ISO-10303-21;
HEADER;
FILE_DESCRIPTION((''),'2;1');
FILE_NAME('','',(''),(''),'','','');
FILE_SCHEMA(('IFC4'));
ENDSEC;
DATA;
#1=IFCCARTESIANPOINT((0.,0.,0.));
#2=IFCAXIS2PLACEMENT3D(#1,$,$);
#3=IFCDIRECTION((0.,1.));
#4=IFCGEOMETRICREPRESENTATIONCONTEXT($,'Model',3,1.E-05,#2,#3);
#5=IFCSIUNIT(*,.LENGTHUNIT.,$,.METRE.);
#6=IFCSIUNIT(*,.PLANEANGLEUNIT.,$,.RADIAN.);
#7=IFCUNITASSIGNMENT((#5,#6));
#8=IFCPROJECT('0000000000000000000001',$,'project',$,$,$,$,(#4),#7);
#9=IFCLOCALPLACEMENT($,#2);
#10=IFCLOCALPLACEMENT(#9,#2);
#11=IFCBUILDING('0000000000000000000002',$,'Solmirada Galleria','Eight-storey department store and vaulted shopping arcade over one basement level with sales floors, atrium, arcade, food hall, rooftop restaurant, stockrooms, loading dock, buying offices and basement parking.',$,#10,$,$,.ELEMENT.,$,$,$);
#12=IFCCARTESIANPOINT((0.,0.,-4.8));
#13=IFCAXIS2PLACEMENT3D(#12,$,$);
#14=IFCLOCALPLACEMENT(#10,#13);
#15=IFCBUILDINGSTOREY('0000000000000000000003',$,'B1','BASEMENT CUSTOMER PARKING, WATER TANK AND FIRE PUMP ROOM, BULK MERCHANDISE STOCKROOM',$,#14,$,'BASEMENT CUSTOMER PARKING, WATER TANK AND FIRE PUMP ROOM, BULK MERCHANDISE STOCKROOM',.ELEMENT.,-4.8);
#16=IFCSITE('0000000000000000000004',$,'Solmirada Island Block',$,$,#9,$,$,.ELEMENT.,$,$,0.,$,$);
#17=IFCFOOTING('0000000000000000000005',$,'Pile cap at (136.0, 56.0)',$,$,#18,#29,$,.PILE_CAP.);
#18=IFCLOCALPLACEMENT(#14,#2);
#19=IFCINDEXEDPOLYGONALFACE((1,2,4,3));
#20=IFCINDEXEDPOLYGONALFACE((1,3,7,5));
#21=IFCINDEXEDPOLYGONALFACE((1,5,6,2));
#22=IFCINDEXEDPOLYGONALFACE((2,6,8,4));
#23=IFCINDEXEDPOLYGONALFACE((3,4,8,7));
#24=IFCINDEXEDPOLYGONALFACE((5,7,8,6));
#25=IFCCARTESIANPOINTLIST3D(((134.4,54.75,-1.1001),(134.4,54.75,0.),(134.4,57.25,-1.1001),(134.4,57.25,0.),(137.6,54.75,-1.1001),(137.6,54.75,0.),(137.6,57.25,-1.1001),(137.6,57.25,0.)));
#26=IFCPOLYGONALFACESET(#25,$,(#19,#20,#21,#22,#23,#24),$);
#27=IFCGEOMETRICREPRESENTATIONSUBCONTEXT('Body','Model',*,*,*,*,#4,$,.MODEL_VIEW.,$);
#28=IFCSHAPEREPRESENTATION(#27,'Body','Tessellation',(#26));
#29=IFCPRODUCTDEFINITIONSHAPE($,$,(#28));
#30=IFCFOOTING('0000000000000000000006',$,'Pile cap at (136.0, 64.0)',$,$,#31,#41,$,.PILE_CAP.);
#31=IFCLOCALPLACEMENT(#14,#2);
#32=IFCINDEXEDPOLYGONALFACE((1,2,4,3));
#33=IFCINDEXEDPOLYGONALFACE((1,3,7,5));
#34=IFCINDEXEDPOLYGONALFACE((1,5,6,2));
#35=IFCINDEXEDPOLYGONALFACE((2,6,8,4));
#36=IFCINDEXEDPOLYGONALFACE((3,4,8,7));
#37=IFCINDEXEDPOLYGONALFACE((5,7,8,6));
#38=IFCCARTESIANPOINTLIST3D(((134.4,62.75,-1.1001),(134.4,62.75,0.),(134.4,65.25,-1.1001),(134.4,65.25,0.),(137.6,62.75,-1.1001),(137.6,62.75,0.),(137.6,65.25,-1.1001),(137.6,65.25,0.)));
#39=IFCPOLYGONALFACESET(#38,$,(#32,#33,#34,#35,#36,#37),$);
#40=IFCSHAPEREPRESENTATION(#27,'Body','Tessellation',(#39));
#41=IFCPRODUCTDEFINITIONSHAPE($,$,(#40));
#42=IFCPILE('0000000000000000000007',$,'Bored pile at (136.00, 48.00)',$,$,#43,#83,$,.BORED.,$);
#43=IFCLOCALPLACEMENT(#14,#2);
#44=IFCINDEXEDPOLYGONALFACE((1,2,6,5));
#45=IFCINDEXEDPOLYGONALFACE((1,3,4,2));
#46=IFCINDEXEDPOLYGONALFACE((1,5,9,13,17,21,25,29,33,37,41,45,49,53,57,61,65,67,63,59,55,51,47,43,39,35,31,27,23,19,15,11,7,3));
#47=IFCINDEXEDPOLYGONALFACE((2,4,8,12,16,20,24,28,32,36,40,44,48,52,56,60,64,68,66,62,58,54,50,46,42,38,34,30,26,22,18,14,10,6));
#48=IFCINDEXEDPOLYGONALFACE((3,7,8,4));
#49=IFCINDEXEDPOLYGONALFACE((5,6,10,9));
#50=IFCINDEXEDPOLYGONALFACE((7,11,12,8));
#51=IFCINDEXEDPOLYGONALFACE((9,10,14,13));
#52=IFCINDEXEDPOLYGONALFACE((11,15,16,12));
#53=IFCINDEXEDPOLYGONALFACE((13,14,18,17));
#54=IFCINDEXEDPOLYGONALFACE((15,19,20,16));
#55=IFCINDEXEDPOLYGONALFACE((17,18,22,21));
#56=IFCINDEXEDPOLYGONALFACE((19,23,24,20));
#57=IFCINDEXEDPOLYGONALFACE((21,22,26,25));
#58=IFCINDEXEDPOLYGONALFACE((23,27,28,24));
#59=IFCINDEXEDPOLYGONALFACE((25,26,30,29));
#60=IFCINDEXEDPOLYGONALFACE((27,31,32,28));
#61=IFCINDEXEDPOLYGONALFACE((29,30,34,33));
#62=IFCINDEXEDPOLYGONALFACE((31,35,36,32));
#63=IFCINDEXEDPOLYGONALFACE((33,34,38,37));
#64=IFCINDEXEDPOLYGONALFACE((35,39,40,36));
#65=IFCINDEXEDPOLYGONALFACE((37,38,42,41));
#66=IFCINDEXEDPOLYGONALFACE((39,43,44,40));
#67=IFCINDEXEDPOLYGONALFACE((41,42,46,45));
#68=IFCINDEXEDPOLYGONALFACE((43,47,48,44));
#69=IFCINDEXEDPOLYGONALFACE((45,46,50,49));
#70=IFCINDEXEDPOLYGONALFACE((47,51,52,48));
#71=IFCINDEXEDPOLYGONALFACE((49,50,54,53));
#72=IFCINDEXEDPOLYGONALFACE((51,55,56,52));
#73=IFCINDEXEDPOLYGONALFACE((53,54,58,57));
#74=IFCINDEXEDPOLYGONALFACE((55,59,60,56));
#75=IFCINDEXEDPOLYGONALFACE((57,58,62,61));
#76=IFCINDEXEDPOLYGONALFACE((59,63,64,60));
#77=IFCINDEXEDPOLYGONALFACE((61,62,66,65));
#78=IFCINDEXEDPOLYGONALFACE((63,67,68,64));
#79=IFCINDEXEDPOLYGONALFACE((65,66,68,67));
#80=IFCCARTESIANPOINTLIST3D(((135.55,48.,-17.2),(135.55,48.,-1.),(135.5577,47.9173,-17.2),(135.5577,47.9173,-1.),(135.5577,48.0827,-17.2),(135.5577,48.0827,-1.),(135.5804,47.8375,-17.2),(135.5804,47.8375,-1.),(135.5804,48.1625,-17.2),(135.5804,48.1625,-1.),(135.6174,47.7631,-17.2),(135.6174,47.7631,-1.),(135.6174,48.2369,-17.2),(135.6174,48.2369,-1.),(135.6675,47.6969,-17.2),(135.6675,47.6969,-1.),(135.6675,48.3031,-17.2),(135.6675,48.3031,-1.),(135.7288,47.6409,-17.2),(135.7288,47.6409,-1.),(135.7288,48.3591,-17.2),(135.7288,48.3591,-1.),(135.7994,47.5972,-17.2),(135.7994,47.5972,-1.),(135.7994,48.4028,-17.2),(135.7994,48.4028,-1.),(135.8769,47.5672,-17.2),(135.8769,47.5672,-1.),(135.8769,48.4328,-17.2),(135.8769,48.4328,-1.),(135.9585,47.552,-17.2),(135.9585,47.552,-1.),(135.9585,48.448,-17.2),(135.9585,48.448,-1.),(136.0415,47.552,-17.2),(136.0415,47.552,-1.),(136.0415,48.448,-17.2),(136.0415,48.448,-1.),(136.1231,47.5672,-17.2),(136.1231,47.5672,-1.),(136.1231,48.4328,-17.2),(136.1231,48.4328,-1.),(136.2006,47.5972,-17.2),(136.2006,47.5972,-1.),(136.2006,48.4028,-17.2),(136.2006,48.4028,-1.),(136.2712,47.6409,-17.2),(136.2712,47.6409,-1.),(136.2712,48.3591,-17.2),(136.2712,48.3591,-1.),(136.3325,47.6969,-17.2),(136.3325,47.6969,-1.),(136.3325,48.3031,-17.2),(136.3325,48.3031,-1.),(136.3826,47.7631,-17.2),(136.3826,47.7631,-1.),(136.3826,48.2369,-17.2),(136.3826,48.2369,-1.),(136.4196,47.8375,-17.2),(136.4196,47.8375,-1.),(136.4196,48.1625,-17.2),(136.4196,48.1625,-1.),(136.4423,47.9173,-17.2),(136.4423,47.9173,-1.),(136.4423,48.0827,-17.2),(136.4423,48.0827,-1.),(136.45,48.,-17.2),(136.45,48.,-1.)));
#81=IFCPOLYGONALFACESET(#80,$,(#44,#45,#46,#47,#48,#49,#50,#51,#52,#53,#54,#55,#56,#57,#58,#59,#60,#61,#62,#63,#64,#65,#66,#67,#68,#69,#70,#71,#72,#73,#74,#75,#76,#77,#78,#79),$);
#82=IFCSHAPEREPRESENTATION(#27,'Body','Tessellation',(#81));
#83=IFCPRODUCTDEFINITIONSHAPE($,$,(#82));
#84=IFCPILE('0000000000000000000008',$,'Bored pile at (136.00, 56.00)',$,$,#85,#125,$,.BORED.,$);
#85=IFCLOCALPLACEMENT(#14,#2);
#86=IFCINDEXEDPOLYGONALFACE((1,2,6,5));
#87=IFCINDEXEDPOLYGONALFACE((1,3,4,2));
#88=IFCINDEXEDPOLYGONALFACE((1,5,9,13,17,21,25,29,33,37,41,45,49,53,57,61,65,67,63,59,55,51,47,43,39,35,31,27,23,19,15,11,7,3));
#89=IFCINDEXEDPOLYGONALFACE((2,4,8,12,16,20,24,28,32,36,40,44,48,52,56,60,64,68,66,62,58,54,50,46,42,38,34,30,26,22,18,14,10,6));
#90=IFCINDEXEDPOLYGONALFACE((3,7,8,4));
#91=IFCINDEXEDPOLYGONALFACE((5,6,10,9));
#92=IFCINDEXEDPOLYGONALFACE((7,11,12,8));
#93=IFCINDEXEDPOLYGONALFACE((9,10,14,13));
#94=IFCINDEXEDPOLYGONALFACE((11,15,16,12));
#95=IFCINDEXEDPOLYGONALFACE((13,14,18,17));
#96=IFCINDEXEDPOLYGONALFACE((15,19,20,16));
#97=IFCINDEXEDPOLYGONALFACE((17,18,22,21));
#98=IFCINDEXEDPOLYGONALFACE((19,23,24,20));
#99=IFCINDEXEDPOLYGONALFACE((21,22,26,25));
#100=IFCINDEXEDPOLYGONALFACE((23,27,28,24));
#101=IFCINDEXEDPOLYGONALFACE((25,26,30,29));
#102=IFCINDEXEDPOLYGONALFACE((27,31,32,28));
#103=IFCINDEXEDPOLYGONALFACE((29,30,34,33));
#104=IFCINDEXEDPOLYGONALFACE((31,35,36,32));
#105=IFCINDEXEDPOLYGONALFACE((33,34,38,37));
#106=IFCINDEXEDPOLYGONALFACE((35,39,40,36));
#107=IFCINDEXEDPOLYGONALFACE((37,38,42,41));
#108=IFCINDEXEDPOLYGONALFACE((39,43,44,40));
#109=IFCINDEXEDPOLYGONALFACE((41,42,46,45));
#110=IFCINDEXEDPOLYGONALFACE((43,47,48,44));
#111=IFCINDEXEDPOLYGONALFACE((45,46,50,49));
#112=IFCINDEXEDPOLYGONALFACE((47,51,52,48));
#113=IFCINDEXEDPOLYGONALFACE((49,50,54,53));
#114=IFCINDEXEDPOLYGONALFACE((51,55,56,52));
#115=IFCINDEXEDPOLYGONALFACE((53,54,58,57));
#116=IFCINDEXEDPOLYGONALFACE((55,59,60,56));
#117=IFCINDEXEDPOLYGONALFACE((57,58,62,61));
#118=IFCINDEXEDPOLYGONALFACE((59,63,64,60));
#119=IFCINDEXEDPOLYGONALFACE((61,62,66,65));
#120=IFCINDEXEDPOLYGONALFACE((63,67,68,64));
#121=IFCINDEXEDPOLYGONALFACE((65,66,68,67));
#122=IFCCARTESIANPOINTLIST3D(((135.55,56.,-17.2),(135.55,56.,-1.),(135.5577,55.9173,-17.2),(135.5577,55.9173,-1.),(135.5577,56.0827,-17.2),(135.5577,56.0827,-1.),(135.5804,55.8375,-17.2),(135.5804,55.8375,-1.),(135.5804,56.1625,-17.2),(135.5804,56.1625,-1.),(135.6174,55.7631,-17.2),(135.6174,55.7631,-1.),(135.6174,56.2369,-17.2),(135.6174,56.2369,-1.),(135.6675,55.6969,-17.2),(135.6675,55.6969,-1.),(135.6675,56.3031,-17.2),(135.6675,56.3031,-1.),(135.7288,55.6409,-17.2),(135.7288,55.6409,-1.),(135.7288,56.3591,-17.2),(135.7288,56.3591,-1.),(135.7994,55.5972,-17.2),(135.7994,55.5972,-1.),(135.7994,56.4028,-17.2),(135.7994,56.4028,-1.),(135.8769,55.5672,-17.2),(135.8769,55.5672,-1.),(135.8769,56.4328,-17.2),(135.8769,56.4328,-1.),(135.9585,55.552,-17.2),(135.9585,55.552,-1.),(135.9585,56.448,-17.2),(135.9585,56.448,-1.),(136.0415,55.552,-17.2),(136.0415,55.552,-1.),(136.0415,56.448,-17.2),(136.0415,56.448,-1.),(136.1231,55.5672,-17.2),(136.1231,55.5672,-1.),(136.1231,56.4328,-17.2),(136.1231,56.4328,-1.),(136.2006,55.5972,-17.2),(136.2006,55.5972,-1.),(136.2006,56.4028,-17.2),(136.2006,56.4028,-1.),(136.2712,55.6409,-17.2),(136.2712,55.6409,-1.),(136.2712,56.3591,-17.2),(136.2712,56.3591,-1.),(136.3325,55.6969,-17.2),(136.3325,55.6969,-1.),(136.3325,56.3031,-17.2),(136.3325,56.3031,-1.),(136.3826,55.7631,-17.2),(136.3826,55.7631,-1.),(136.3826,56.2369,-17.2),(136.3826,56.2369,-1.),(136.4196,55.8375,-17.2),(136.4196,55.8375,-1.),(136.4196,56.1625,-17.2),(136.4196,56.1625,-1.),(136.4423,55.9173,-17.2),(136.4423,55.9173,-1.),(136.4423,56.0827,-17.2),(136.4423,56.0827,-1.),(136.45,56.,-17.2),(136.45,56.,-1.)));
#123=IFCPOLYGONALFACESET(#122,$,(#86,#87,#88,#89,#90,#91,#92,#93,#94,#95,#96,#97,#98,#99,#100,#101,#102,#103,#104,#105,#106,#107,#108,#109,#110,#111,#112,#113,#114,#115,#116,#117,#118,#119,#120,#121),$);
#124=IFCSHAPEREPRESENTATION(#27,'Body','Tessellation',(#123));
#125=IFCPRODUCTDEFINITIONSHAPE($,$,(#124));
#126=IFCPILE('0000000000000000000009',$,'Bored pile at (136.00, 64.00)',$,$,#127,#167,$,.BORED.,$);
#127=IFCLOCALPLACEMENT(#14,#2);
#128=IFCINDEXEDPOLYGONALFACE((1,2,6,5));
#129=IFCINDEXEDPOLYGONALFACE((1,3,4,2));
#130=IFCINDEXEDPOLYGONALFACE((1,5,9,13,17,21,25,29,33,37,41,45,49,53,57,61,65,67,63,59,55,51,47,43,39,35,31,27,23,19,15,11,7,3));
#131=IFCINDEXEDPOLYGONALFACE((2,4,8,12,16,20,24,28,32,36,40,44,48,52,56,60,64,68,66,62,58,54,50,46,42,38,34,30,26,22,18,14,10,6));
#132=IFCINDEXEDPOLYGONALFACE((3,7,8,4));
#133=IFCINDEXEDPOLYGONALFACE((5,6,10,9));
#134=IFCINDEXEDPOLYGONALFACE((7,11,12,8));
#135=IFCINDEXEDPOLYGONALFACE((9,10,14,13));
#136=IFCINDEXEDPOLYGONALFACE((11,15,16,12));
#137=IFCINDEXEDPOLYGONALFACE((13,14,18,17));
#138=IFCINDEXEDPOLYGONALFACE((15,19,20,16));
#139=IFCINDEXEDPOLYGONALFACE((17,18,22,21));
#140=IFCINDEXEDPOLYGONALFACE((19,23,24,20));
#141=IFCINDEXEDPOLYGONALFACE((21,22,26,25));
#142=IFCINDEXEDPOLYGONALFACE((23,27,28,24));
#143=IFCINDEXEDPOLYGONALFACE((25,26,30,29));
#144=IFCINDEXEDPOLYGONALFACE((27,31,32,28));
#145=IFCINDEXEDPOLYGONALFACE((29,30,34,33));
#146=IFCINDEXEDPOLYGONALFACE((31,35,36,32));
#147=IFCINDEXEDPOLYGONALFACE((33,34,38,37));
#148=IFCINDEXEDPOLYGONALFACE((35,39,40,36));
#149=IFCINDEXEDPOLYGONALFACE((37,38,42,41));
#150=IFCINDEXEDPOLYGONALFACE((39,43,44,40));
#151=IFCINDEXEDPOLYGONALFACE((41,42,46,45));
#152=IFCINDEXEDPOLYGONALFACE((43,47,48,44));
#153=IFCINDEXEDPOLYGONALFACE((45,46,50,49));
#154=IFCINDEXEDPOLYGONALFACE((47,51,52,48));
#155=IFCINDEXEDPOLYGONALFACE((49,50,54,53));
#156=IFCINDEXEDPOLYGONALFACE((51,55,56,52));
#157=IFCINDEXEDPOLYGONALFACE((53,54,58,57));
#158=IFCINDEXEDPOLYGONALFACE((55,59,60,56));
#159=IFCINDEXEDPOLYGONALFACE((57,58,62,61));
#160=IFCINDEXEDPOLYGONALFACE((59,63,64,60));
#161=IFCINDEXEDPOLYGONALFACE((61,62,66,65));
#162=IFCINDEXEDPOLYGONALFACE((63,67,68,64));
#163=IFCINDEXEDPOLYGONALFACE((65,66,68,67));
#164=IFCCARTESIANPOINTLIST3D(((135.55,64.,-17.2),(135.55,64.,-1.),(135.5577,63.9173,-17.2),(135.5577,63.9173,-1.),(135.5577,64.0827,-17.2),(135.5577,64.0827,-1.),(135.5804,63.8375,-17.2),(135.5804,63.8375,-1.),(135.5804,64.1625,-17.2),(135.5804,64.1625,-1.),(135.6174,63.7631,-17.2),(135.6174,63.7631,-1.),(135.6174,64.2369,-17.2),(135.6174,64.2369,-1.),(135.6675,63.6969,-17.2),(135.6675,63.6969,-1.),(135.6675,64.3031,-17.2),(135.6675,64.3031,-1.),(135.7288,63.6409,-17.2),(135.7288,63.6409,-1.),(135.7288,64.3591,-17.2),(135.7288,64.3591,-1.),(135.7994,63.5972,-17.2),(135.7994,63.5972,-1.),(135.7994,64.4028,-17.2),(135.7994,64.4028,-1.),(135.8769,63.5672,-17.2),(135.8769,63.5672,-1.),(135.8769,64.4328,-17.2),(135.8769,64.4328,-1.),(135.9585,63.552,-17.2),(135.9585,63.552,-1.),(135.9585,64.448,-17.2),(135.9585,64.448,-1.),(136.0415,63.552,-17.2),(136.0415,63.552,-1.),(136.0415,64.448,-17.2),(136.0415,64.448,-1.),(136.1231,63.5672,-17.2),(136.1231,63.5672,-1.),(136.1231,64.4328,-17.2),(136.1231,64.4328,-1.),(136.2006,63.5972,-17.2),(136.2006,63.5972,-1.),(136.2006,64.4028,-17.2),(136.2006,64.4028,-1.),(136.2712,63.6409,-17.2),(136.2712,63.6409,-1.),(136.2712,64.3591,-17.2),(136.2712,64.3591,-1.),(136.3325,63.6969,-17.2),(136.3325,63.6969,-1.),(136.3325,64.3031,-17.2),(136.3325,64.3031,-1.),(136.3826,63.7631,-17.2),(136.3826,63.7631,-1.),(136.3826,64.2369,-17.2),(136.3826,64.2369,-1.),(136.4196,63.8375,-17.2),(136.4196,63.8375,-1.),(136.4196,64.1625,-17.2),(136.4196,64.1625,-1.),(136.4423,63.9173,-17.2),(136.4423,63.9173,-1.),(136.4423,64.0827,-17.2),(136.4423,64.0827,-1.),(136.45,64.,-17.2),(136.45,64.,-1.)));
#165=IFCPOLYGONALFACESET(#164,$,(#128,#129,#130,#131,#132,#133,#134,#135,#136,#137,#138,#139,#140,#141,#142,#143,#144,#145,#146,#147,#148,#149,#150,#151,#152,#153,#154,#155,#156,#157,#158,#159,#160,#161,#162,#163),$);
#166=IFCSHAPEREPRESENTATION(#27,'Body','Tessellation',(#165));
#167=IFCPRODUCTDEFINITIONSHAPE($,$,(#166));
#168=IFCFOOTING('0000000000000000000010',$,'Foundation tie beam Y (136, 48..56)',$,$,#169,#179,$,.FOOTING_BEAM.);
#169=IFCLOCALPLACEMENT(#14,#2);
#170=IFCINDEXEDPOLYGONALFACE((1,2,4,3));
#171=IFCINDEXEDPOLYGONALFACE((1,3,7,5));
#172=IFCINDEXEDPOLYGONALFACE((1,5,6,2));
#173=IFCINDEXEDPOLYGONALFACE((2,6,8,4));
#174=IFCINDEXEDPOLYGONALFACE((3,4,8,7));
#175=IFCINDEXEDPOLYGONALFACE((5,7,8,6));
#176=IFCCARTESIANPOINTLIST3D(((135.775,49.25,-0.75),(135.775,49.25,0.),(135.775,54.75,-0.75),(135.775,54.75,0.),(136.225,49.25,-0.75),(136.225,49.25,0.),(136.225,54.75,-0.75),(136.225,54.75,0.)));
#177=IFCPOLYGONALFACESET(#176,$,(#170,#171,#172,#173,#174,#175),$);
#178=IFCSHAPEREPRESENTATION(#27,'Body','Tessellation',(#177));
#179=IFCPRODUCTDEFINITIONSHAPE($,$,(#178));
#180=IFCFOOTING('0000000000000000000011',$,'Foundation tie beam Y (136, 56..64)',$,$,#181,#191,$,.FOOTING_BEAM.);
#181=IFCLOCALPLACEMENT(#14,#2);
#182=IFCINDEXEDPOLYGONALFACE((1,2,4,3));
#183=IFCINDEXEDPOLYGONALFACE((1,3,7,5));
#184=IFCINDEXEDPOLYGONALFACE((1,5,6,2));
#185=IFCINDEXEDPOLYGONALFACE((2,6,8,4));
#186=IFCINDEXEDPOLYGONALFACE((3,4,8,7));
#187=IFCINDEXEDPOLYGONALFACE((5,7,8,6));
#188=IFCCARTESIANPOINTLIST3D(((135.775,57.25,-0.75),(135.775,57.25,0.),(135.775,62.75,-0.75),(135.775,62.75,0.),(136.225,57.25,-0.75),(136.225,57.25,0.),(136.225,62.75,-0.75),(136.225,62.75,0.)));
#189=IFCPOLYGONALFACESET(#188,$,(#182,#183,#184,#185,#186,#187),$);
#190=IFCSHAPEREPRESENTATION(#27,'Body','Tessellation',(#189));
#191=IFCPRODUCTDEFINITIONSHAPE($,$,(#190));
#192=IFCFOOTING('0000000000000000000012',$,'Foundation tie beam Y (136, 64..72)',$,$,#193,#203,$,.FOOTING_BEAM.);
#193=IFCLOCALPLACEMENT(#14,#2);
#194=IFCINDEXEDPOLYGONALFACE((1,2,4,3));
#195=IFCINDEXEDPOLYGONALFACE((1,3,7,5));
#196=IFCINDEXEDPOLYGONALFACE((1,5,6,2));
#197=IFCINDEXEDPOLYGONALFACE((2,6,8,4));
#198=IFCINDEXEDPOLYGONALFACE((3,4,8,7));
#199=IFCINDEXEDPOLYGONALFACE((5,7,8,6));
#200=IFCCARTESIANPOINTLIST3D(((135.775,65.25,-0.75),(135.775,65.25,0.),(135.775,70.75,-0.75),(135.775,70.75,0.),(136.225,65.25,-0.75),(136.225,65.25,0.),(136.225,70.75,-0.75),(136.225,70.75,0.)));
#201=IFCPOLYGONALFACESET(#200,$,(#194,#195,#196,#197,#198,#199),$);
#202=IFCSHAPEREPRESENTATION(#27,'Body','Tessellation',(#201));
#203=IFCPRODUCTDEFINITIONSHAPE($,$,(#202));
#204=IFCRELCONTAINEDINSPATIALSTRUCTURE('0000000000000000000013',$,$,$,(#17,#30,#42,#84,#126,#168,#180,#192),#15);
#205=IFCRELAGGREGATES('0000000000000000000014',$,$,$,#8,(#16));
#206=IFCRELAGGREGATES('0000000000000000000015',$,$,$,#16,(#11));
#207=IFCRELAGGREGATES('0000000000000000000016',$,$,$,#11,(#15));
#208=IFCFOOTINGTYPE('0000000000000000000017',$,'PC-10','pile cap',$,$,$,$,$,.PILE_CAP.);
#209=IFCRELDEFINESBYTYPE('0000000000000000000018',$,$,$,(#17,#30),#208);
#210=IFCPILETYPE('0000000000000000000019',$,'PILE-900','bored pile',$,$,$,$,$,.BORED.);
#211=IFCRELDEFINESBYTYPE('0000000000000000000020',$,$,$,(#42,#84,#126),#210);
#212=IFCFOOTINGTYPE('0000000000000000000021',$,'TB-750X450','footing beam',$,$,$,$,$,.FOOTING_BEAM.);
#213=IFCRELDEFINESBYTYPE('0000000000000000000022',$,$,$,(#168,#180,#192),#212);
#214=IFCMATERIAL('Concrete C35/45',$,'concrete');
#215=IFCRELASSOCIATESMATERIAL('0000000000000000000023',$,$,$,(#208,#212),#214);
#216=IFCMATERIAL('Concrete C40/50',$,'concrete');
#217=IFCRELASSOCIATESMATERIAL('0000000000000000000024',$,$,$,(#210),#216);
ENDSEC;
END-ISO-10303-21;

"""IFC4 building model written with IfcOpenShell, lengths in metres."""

from ifc_helpers import new_model, si_unit, direction, frame, origin, origin_2d, place, context, subcontext, project, spatial, rectangle, circle, extrude, material, material_profile, profile_set, type_object, element, save


model = new_model("IFC4")

# Units and contexts
model_context = context("Model", 3, precision=1e-05, world=origin(), true_north=direction((0.0, 1.0)))
body_context = subcontext(model_context, "Body", "Model", "MODEL_VIEW")
ifc_project = project(units=[si_unit("LENGTHUNIT", "METRE"), si_unit("PLANEANGLEUNIT", "RADIAN")], contexts=[model_context])

# Site, building, storey
site_placement = place(None, origin())
site = spatial("IfcSite", under=ifc_project, at=site_placement, Name="Solmirada Island Block", CompositionType="ELEMENT", RefElevation=0.0)
building_placement = place(site_placement, origin())
building = spatial("IfcBuilding", under=site, at=building_placement, Name="Solmirada Galleria", Description="Eight-storey department store and vaulted shopping arcade over one basement level with sales floors, atrium, arcade, food hall, rooftop restaurant, stockrooms, loading dock, buying offices and basement parking.", CompositionType="ELEMENT")
storey_placement = place(building_placement, frame((0.0, 0.0, -4.8)))
storey = spatial("IfcBuildingStorey", under=building, at=storey_placement, Name="B1", Description="BASEMENT CUSTOMER PARKING, WATER TANK AND FIRE PUMP ROOM, BULK MERCHANDISE STOCKROOM", LongName="BASEMENT CUSTOMER PARKING, WATER TANK AND FIRE PUMP ROOM, BULK MERCHANDISE STOCKROOM", CompositionType="ELEMENT", Elevation=-4.8)

# Footings
ifc_material_1 = material(Name="Concrete C35/45", Category="concrete")
footing_type_1 = type_object("IfcFootingType", Name="PC-10", Description="pile cap", PredefinedType="PILE_CAP", material=ifc_material_1)
for number, where, z_axis, x_axis, name in (
    (1, (136.0, 56.0, -1.1001), (0.0, 0.0, 1.0), (1.0, 0.0, 0.0), "Pile cap at (136.0, 56.0)"),
    (2, (136.0, 64.0, -1.1001), (0.0, 0.0, 1.0), (1.0, 0.0, 0.0), "Pile cap at (136.0, 64.0)"),
):
    element("IfcFooting", number, at=place(storey_placement, frame(where, z_axis=z_axis, x_axis=x_axis)), inside=storey, type_object=footing_type_1, Name=name, PredefinedType="PILE_CAP", context=body_context, shape_type="SweptSolid", body=[
        extrude(rectangle(XDim=3.2, YDim=2.5, at=origin_2d()), origin(), (0.0, 0.0, 1.0), 1.1001),
    ])

# Piles
ifc_material_2 = material(Name="Concrete C40/50", Category="concrete")
ifc_material_profile_1 = material_profile(ifc_material_2, circle(Radius=0.45, at=origin_2d()), Name="PILE900")
ifc_profile_set_1 = profile_set([ifc_material_profile_1], Name="Concrete C40/50")
pile_type = type_object("IfcPileType", Name="PILE-900", Description="bored pile", PredefinedType="BORED", material=ifc_profile_set_1)
for number, where, z_axis, x_axis, name in (
    (3, (136.0, 48.0, -1.0), (0.0, 0.0, -1.0), (1.0, 0.0, 0.0), "Bored pile at (136.00, 48.00)"),
    (4, (136.0, 56.0, -1.0), (0.0, 0.0, -1.0), (1.0, 0.0, 0.0), "Bored pile at (136.00, 56.00)"),
    (5, (136.0, 64.0, -1.0), (0.0, 0.0, -1.0), (1.0, 0.0, 0.0), "Bored pile at (136.00, 64.00)"),
):
    element("IfcPile", number, at=place(storey_placement, frame(where, z_axis=z_axis, x_axis=x_axis)), inside=storey, type_object=pile_type, Name=name, PredefinedType="BORED", context=body_context, shape_type="SweptSolid", body=[
        extrude(circle(Radius=0.45, at=origin_2d()), origin(), (0.0, 0.0, 1.0), 16.2),
    ])

# Footings
ifc_material_profile_2 = material_profile(ifc_material_1, rectangle(XDim=0.45, YDim=0.75, at=origin_2d()), Name="RC750X450")
ifc_profile_set_2 = profile_set([ifc_material_profile_2], Name="Concrete C35/45")
footing_type_2 = type_object("IfcFootingType", Name="TB-750X450", Description="footing beam", PredefinedType="FOOTING_BEAM", material=ifc_profile_set_2)
for number, where, z_axis, x_axis, name in (
    (6, (136.0, 49.25, -0.375), (0.0, 1.0, 0.0), (-1.0, 0.0, 0.0), "Foundation tie beam Y (136, 48..56)"),
    (7, (136.0, 57.25, -0.375), (0.0, 1.0, 0.0), (-1.0, 0.0, 0.0), "Foundation tie beam Y (136, 56..64)"),
    (8, (136.0, 65.25, -0.375), (0.0, 1.0, 0.0), (-1.0, 0.0, 0.0), "Foundation tie beam Y (136, 64..72)"),
):
    element("IfcFooting", number, at=place(storey_placement, frame(where, z_axis=z_axis, x_axis=x_axis)), inside=storey, type_object=footing_type_2, Name=name, PredefinedType="FOOTING_BEAM", context=body_context, shape_type="SweptSolid", body=[
        extrude(rectangle(XDim=0.45, YDim=0.75, at=origin_2d()), origin(), (0.0, 0.0, 1.0), 5.5),
    ])

save(model, "model.ifc")
